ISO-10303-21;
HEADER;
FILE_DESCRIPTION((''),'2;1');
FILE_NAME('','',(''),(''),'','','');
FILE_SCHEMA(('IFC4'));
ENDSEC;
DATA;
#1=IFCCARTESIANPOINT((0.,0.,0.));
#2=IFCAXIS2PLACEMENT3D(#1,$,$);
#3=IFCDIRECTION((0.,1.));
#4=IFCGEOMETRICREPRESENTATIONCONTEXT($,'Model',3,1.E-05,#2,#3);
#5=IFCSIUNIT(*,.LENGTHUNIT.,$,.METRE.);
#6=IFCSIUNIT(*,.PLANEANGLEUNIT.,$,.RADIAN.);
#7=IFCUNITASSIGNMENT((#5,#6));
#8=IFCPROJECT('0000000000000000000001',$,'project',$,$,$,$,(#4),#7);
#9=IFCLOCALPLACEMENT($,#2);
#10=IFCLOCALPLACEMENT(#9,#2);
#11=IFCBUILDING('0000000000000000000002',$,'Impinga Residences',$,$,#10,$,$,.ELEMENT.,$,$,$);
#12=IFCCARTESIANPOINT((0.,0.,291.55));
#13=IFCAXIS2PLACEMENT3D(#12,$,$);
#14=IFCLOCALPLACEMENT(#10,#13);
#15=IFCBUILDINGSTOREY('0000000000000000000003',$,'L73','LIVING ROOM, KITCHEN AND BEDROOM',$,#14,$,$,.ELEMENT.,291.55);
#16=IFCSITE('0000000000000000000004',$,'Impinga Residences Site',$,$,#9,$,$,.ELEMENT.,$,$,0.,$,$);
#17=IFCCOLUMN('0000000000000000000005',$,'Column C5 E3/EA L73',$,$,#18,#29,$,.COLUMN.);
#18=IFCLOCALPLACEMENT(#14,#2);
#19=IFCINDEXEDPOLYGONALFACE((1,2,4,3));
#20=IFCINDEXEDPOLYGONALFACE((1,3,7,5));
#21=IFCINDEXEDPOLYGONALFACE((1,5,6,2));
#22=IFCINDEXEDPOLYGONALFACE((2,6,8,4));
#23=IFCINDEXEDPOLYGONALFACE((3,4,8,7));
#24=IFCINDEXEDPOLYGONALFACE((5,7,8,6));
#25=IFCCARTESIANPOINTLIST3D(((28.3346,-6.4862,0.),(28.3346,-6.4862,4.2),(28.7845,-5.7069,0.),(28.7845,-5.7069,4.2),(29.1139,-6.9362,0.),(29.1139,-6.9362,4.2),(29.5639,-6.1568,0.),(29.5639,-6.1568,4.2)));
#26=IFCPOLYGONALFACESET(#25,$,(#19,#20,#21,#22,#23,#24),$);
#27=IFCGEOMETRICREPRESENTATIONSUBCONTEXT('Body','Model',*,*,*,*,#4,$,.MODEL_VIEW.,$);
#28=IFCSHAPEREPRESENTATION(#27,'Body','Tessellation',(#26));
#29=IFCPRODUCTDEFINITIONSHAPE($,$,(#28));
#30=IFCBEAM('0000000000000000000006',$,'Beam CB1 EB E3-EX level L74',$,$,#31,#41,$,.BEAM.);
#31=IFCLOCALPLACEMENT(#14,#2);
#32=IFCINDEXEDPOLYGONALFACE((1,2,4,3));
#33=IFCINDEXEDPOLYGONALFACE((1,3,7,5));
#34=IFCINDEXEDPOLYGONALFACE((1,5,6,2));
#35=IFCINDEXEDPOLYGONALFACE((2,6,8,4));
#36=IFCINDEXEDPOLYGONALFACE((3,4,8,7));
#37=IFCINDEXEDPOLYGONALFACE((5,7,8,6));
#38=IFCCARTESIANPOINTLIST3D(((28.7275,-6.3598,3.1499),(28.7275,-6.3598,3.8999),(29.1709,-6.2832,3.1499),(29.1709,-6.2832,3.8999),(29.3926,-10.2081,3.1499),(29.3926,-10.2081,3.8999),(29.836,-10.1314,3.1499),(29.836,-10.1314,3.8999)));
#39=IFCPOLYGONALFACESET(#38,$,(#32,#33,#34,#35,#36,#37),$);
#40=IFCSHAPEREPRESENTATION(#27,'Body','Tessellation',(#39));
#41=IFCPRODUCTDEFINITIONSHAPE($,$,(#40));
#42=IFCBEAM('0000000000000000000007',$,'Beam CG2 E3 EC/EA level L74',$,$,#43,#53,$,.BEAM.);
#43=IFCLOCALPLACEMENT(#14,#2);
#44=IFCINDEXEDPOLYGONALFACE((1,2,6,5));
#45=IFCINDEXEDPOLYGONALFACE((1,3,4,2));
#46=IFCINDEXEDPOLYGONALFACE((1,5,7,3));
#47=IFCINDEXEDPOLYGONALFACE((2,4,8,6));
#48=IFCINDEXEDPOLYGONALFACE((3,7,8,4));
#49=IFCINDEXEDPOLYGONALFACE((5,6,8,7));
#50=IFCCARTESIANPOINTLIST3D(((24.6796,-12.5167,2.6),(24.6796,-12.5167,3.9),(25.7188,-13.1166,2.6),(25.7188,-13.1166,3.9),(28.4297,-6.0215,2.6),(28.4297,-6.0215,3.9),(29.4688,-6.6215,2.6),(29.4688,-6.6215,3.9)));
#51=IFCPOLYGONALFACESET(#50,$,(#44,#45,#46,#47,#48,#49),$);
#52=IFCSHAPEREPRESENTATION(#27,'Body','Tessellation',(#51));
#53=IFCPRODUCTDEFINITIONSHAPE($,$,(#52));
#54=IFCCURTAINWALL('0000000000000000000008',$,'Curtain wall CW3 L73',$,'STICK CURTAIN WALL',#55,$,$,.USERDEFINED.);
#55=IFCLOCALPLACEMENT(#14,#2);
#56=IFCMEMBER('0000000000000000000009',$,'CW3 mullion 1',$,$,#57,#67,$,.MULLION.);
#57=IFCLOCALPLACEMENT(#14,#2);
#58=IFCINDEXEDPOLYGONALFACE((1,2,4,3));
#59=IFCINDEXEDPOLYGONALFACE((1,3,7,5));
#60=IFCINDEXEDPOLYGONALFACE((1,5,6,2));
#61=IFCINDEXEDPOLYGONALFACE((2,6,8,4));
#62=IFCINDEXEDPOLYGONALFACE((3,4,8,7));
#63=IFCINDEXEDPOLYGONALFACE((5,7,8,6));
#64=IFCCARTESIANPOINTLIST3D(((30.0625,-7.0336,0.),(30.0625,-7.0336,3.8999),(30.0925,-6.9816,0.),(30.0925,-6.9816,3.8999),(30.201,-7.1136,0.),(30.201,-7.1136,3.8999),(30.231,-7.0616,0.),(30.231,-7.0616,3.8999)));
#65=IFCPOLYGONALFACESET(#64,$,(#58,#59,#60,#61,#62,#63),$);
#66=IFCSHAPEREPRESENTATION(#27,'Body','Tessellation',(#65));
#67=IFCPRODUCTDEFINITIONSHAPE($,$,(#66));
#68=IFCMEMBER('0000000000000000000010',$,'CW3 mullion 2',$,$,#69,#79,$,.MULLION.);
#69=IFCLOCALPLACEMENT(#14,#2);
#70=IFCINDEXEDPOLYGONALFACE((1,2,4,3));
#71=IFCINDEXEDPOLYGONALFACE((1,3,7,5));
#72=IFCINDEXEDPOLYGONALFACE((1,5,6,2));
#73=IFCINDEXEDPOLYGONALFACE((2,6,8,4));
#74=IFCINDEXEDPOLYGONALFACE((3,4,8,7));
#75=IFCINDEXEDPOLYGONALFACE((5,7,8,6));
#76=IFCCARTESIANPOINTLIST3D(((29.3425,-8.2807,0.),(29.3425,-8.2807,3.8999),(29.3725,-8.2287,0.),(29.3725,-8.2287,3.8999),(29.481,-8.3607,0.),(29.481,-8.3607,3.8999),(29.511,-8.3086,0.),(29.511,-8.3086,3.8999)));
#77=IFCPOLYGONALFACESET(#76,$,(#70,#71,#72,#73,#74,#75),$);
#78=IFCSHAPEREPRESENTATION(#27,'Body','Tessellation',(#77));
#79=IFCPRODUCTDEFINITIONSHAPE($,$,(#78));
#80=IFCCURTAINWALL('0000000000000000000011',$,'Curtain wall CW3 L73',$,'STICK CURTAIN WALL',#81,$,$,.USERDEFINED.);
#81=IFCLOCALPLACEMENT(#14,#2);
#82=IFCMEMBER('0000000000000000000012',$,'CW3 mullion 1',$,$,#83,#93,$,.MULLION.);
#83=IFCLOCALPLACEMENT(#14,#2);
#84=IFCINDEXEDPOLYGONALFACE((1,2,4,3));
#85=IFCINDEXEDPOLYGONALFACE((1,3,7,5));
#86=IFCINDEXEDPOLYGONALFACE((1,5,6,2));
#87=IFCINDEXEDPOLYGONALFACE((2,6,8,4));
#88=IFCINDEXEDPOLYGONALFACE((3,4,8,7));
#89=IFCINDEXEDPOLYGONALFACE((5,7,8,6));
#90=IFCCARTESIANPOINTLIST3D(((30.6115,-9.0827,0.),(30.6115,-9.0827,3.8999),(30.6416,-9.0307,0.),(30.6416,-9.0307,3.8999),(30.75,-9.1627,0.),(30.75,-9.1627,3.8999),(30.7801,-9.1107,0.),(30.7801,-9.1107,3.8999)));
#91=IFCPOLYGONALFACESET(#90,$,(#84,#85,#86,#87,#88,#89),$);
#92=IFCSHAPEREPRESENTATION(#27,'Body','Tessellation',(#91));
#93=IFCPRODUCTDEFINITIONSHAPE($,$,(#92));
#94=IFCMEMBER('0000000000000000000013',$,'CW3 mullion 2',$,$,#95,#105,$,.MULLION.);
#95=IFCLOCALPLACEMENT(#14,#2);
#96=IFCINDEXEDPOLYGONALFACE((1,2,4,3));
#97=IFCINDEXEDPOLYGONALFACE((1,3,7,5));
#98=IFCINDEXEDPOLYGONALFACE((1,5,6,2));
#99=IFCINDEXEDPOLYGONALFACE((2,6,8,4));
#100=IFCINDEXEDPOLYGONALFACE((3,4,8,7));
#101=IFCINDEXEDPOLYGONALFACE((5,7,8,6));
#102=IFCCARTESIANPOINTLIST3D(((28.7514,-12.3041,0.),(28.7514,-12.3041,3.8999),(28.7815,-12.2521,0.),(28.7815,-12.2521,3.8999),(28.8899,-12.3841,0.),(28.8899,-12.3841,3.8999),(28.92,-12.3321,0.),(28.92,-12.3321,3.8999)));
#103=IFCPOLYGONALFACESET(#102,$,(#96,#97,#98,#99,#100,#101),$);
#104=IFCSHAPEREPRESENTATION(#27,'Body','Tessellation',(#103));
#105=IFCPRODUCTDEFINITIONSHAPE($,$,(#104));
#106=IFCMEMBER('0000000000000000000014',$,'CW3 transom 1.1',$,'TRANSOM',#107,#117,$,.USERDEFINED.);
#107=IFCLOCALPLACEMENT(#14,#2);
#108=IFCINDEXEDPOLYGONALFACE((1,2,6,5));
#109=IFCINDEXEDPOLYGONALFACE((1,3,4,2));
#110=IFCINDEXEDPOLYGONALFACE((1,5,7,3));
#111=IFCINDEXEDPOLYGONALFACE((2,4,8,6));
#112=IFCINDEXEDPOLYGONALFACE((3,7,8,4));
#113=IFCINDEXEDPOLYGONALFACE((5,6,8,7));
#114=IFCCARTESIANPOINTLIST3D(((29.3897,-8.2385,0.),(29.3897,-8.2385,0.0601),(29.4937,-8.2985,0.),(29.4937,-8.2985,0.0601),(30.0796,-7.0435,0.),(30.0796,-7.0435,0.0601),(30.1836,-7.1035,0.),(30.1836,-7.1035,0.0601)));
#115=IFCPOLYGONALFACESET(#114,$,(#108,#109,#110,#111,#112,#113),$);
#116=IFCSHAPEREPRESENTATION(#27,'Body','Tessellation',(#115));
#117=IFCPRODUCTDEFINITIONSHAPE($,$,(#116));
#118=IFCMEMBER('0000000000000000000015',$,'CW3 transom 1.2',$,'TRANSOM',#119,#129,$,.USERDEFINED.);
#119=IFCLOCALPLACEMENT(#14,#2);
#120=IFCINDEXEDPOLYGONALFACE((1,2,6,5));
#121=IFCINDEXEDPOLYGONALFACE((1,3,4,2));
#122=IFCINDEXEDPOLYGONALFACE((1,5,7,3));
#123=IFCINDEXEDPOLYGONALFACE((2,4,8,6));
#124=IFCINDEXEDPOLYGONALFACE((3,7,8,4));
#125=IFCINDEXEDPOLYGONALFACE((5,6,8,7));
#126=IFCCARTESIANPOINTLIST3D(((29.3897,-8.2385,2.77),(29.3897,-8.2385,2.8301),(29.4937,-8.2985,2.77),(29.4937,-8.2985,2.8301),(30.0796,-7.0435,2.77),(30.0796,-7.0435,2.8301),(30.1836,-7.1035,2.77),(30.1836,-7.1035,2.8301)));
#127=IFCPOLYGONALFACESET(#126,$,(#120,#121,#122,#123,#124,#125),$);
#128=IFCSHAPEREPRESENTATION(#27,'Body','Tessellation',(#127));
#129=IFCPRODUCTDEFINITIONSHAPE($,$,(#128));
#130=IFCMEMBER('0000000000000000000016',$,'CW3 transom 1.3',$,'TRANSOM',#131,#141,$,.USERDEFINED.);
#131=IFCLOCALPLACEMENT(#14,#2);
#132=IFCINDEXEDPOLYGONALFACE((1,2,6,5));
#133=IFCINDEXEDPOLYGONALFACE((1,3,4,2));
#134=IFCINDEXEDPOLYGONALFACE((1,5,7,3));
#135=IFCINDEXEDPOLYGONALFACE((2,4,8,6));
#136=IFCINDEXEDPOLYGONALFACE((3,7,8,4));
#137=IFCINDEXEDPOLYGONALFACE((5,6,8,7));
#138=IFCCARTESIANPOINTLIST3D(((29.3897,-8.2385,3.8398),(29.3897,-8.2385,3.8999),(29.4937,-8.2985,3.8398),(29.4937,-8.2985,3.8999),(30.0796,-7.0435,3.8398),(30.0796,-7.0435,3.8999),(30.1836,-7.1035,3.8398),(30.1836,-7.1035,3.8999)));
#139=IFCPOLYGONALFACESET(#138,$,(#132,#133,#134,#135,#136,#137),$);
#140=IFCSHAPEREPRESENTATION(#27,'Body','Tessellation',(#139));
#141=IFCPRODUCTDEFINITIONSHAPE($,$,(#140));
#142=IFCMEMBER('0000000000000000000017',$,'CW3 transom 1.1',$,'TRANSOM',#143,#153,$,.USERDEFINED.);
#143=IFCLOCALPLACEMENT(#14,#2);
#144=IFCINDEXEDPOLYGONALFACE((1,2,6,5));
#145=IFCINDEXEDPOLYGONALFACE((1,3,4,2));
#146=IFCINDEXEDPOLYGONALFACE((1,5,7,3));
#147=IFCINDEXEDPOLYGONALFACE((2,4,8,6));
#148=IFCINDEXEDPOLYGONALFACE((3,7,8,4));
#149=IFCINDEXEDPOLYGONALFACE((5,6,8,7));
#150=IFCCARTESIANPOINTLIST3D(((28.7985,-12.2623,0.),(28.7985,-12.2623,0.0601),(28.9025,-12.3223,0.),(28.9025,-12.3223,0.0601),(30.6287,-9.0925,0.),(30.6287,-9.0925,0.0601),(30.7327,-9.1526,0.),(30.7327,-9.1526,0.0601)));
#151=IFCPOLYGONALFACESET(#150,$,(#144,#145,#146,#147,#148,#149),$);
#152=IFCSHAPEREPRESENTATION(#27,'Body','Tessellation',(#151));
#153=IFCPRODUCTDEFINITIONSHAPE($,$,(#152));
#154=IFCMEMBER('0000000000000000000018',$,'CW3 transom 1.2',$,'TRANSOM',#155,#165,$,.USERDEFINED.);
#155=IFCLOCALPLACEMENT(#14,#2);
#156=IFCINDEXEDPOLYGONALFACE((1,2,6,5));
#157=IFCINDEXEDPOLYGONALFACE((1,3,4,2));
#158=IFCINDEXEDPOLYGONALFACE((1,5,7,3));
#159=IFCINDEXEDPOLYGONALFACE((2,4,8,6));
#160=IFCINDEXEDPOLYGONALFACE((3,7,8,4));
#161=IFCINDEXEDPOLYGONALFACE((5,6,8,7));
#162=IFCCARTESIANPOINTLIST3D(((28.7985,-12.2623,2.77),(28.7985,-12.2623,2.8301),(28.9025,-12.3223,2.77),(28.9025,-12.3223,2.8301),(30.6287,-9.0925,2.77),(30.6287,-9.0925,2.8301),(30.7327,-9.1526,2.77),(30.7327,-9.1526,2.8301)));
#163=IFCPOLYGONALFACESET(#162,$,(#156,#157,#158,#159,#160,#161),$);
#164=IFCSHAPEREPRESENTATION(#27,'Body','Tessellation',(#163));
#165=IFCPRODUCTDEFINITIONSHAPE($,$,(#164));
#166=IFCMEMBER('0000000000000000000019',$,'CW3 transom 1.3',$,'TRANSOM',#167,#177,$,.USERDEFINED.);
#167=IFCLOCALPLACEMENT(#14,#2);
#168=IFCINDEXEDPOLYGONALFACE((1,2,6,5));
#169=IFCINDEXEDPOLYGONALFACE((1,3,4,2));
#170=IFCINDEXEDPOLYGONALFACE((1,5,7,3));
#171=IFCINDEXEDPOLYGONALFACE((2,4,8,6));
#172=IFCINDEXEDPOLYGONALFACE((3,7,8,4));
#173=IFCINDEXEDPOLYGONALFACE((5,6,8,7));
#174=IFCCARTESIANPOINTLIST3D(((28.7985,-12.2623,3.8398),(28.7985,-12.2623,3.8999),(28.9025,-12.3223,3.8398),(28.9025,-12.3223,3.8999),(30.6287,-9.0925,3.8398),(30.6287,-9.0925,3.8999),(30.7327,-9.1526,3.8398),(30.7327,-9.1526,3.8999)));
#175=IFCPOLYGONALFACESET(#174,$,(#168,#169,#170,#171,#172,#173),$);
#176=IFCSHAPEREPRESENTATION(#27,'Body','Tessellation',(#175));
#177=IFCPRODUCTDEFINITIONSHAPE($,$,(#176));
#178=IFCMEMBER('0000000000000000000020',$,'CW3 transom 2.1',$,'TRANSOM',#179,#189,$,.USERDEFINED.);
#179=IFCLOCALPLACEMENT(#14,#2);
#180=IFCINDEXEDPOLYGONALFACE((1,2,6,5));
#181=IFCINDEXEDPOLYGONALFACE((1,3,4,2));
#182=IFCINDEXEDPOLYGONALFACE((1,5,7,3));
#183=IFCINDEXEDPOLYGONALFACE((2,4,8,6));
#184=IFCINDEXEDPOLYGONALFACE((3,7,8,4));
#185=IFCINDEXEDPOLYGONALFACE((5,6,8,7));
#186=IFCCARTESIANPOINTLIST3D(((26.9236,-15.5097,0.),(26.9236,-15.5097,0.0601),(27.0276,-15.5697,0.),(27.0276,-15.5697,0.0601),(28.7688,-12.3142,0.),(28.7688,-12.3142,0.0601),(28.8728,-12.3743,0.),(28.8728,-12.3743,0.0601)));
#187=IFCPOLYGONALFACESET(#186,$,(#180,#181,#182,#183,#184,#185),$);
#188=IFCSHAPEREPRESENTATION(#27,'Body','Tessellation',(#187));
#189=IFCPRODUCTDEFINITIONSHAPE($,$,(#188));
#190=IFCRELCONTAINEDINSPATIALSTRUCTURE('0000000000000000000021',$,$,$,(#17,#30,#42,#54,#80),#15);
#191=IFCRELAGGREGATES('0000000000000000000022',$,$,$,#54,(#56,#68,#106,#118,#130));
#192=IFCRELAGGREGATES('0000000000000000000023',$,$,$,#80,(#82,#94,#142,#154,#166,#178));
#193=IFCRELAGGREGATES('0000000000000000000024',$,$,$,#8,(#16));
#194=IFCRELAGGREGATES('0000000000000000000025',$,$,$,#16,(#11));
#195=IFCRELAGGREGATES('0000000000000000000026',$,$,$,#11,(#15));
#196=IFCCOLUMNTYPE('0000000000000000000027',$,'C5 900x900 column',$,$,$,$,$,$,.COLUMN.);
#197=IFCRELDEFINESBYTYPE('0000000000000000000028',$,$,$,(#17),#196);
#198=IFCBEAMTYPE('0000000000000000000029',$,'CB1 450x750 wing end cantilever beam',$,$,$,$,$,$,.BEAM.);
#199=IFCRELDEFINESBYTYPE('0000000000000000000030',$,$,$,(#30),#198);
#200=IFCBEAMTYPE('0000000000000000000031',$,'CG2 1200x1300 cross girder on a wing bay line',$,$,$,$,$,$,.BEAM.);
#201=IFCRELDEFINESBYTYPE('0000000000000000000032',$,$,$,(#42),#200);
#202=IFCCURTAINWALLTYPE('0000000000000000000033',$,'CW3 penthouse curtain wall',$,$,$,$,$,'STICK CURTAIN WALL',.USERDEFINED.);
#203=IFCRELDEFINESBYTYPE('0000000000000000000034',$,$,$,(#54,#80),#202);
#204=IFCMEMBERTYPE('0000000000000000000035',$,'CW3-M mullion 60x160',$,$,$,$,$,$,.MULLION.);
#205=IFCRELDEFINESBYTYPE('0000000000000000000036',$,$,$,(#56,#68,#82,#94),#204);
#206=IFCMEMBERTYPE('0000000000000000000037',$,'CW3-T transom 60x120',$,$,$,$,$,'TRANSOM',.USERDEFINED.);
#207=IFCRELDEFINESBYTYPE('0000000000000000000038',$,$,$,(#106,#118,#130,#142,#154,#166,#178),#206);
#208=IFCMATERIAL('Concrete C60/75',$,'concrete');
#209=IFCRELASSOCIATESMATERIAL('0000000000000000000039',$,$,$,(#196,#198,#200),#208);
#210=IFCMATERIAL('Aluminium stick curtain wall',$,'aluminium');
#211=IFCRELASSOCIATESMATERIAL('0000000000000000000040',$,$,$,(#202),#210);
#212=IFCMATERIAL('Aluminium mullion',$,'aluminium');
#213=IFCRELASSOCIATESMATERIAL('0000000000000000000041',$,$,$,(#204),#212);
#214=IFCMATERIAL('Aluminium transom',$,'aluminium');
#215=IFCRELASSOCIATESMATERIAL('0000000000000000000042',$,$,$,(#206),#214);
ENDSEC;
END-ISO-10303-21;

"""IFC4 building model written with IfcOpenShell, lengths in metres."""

from ifc_helpers import new_model, si_unit, direction, frame, origin, origin_2d, place, context, subcontext, project, spatial, rectangle, extrude, material, material_profile, profile_set, type_object, element, aggregate, save


model = new_model("IFC4")

# Units and contexts
model_context = context("Model", 3, precision=1e-05, world=origin(), true_north=direction((0.0, 1.0)))
body_context = subcontext(model_context, "Body", "Model", "MODEL_VIEW")
ifc_project = project(units=[si_unit("LENGTHUNIT", "METRE"), si_unit("PLANEANGLEUNIT", "RADIAN")], contexts=[model_context])

# Site, building, storey
site_placement = place(None, origin())
site = spatial("IfcSite", under=ifc_project, at=site_placement, Name="Impinga Residences Site", CompositionType="ELEMENT", RefElevation=0.0)
building_placement = place(site_placement, origin())
building = spatial("IfcBuilding", under=site, at=building_placement, Name="Impinga Residences", CompositionType="ELEMENT")
storey_placement = place(building_placement, frame((0.0, 0.0, 291.55)))
storey = spatial("IfcBuildingStorey", under=building, at=storey_placement, Name="L73", Description="LIVING ROOM, KITCHEN AND BEDROOM", CompositionType="ELEMENT", Elevation=291.55)

# Column
ifc_material_1 = material(Name="Concrete C60/75", Category="concrete")
ifc_material_profile_1 = material_profile(ifc_material_1, rectangle(XDim=0.8999, YDim=0.8999, at=origin_2d()), Name="RC 900x900")
ifc_profile_set_1 = profile_set([ifc_material_profile_1], Name="Concrete C60/75")
column_type = type_object("IfcColumnType", Name="C5 900x900 column", PredefinedType="COLUMN", material=ifc_profile_set_1)
column_placement = place(storey_placement, frame((28.9492, -6.3215, 0.0), z_axis=(0.0, 0.0, 1.0), x_axis=(-0.5, -0.866025, 0.0)))
element("IfcColumn", 1, at=column_placement, inside=storey, type_object=column_type, Name="Column C5 E3/EA L73", PredefinedType="COLUMN", context=body_context, shape_type="SweptSolid", body=[
    extrude(rectangle(XDim=0.8999, YDim=0.8999, at=origin_2d()), origin(), (0.0, 0.0, 1.0), 4.2),
])

# Beams
ifc_material_profile_2 = material_profile(ifc_material_1, rectangle(XDim=0.45, YDim=0.75, at=origin_2d()), Name="RC 450x750")
ifc_profile_set_2 = profile_set([ifc_material_profile_2], Name="Concrete C60/75")
beam_type_1 = type_object("IfcBeamType", Name="CB1 450x750 wing end cantilever beam", PredefinedType="BEAM", material=ifc_profile_set_2)
beam_1_placement = place(storey_placement, frame((28.9492, -6.3215, 3.5249), z_axis=(0.170296, -0.985393, 0.0), x_axis=(0.985393, 0.170296, 0.0)))
element("IfcBeam", 2, at=beam_1_placement, inside=storey, type_object=beam_type_1, Name="Beam CB1 EB E3-EX level L74", PredefinedType="BEAM", context=body_context, shape_type="SweptSolid", body=[
    extrude(rectangle(XDim=0.45, YDim=0.75, at=origin_2d()), origin(), (0.0, 0.0, 1.0), 3.9053),
])
ifc_material_profile_3 = material_profile(ifc_material_1, rectangle(XDim=1.2, YDim=1.3, at=origin_2d()), Name="RC 1200x1300")
ifc_profile_set_3 = profile_set([ifc_material_profile_3], Name="Concrete C60/75")
beam_type_2 = type_object("IfcBeamType", Name="CG2 1200x1300 cross girder on a wing bay line", PredefinedType="BEAM", material=ifc_profile_set_3)
beam_2_placement = place(storey_placement, frame((25.1992, -12.8167, 3.25), z_axis=(0.500004, 0.866023, 0.0), x_axis=(-0.866023, 0.500004, 0.0)))
element("IfcBeam", 3, at=beam_2_placement, inside=storey, type_object=beam_type_2, Name="Beam CG2 E3 EC/EA level L74", PredefinedType="BEAM", context=body_context, shape_type="SweptSolid", body=[
    extrude(rectangle(XDim=1.2, YDim=1.3, at=origin_2d()), origin(), (0.0, 0.0, 1.0), 7.5),
])

# Curtain walls, members
ifc_material_2 = material(Name="Aluminium stick curtain wall", Category="aluminium")
curtain_wall_type = type_object("IfcCurtainWallType", Name="CW3 penthouse curtain wall", ElementType="STICK CURTAIN WALL", PredefinedType="USERDEFINED", material=ifc_material_2)
curtain_wall_1_placement = place(storey_placement, origin())
curtain_wall_1 = element("IfcCurtainWall", 4, at=curtain_wall_1_placement, inside=storey, type_object=curtain_wall_type, Name="Curtain wall CW3 L73", ObjectType="STICK CURTAIN WALL", PredefinedType="USERDEFINED")
ifc_material_3 = material(Name="Aluminium mullion", Category="aluminium")
ifc_material_profile_4 = material_profile(ifc_material_3, rectangle(XDim=0.0601, YDim=0.1599, at=origin_2d()), Name="60x160 mullion")
ifc_profile_set_4 = profile_set([ifc_material_profile_4], Name="Aluminium mullion")
member_type_1 = type_object("IfcMemberType", Name="CW3-M mullion 60x160", PredefinedType="MULLION", material=ifc_profile_set_4)
member_1_placement = place(storey_placement, frame((30.1467, -7.0476, 0.0), z_axis=(0.0, 0.0, 1.0), x_axis=(-0.5, -0.866025, 0.0)))
member_1 = element("IfcMember", 5, at=member_1_placement, type_object=member_type_1, Name="CW3 mullion 1", PredefinedType="MULLION", context=body_context, shape_type="SweptSolid", body=[
    extrude(rectangle(XDim=0.0601, YDim=0.1599, at=origin_2d()), origin(), (0.0, 0.0, 1.0), 3.8999),
])
member_2_placement = place(storey_placement, frame((29.4268, -8.2947, 0.0), z_axis=(0.0, 0.0, 1.0), x_axis=(-0.5, -0.866025, 0.0)))
member_2 = element("IfcMember", 6, at=member_2_placement, type_object=member_type_1, Name="CW3 mullion 2", PredefinedType="MULLION", context=body_context, shape_type="SweptSolid", body=[
    extrude(rectangle(XDim=0.0601, YDim=0.1599, at=origin_2d()), origin(), (0.0, 0.0, 1.0), 3.8999),
])
curtain_wall_2_placement = place(storey_placement, origin())
curtain_wall_2 = element("IfcCurtainWall", 7, at=curtain_wall_2_placement, inside=storey, type_object=curtain_wall_type, Name="Curtain wall CW3 L73", ObjectType="STICK CURTAIN WALL", PredefinedType="USERDEFINED")
member_3_placement = place(storey_placement, frame((30.6958, -9.0967, 0.0), z_axis=(0.0, 0.0, 1.0), x_axis=(-0.5, -0.866025, 0.0)))
member_3 = element("IfcMember", 8, at=member_3_placement, type_object=member_type_1, Name="CW3 mullion 1", PredefinedType="MULLION", context=body_context, shape_type="SweptSolid", body=[
    extrude(rectangle(XDim=0.0601, YDim=0.1599, at=origin_2d()), origin(), (0.0, 0.0, 1.0), 3.8999),
])
member_4_placement = place(storey_placement, frame((28.8357, -12.3181, 0.0), z_axis=(0.0, 0.0, 1.0), x_axis=(-0.5, -0.866025, 0.0)))
member_4 = element("IfcMember", 9, at=member_4_placement, type_object=member_type_1, Name="CW3 mullion 2", PredefinedType="MULLION", context=body_context, shape_type="SweptSolid", body=[
    extrude(rectangle(XDim=0.0601, YDim=0.1599, at=origin_2d()), origin(), (0.0, 0.0, 1.0), 3.8999),
])

# Members
ifc_material_4 = material(Name="Aluminium transom", Category="aluminium")
ifc_material_profile_5 = material_profile(ifc_material_4, rectangle(XDim=0.0601, YDim=0.1201, at=origin_2d()), Name="60x120 transom")
ifc_profile_set_5 = profile_set([ifc_material_profile_5], Name="Aluminium transom")
member_type_2 = type_object("IfcMemberType", Name="CW3-T transom 60x120", ElementType="TRANSOM", PredefinedType="USERDEFINED", material=ifc_profile_set_5)
member_5_placement = place(storey_placement, frame((30.1316, -7.0735, 0.03), z_axis=(-0.499983, -0.866035, 0.0), x_axis=(0.0, 0.0, 1.0)))
member_5 = element("IfcMember", 10, at=member_5_placement, type_object=member_type_2, Name="CW3 transom 1.1", ObjectType="TRANSOM", PredefinedType="USERDEFINED", context=body_context, shape_type="SweptSolid", body=[
    extrude(rectangle(XDim=0.0601, YDim=0.1201, at=origin_2d()), origin(), (0.0, 0.0, 1.0), 1.3799),
])
member_6_placement = place(storey_placement, frame((30.1316, -7.0735, 2.8), z_axis=(-0.499983, -0.866035, 0.0), x_axis=(0.0, 0.0, 1.0)))
member_6 = element("IfcMember", 11, at=member_6_placement, type_object=member_type_2, Name="CW3 transom 1.2", ObjectType="TRANSOM", PredefinedType="USERDEFINED", context=body_context, shape_type="SweptSolid", body=[
    extrude(rectangle(XDim=0.0601, YDim=0.1201, at=origin_2d()), origin(), (0.0, 0.0, 1.0), 1.3799),
])
member_7_placement = place(storey_placement, frame((30.1316, -7.0735, 3.8699), z_axis=(-0.499983, -0.866035, 0.0), x_axis=(0.0, 0.0, 1.0)))
member_7 = element("IfcMember", 12, at=member_7_placement, type_object=member_type_2, Name="CW3 transom 1.3", ObjectType="TRANSOM", PredefinedType="USERDEFINED", context=body_context, shape_type="SweptSolid", body=[
    extrude(rectangle(XDim=0.0601, YDim=0.1201, at=origin_2d()), origin(), (0.0, 0.0, 1.0), 1.3799),
])
member_8_placement = place(storey_placement, frame((30.6807, -9.1226, 0.03), z_axis=(-0.500013, -0.866018, 0.0), x_axis=(0.0, 0.0, 1.0)))
member_8 = element("IfcMember", 13, at=member_8_placement, type_object=member_type_2, Name="CW3 transom 1.1", ObjectType="TRANSOM", PredefinedType="USERDEFINED", context=body_context, shape_type="SweptSolid", body=[
    extrude(rectangle(XDim=0.0601, YDim=0.1201, at=origin_2d()), origin(), (0.0, 0.0, 1.0), 3.6602),
])
member_9_placement = place(storey_placement, frame((30.6807, -9.1226, 2.8), z_axis=(-0.500013, -0.866018, 0.0), x_axis=(0.0, 0.0, 1.0)))
member_9 = element("IfcMember", 14, at=member_9_placement, type_object=member_type_2, Name="CW3 transom 1.2", ObjectType="TRANSOM", PredefinedType="USERDEFINED", context=body_context, shape_type="SweptSolid", body=[
    extrude(rectangle(XDim=0.0601, YDim=0.1201, at=origin_2d()), origin(), (0.0, 0.0, 1.0), 3.6602),
])
member_10_placement = place(storey_placement, frame((30.6807, -9.1226, 3.8699), z_axis=(-0.500013, -0.866018, 0.0), x_axis=(0.0, 0.0, 1.0)))
member_10 = element("IfcMember", 15, at=member_10_placement, type_object=member_type_2, Name="CW3 transom 1.3", ObjectType="TRANSOM", PredefinedType="USERDEFINED", context=body_context, shape_type="SweptSolid", body=[
    extrude(rectangle(XDim=0.0601, YDim=0.1201, at=origin_2d()), origin(), (0.0, 0.0, 1.0), 3.6602),
])
member_11_placement = place(storey_placement, frame((28.8208, -12.3442, 0.03), z_axis=(-0.500053, -0.865995, 0.0), x_axis=(0.0, 0.0, 1.0)))
member_11 = element("IfcMember", 16, at=member_11_placement, type_object=member_type_2, Name="CW3 transom 2.1", ObjectType="TRANSOM", PredefinedType="USERDEFINED", context=body_context, shape_type="SweptSolid", body=[
    extrude(rectangle(XDim=0.0601, YDim=0.1201, at=origin_2d()), origin(), (0.0, 0.0, 1.0), 3.6899),
])

aggregate(curtain_wall_1, [member_1, member_2, member_5, member_6, member_7])
aggregate(curtain_wall_2, [member_3, member_4, member_8, member_9, member_10, member_11])

save(model, "model.ifc")
